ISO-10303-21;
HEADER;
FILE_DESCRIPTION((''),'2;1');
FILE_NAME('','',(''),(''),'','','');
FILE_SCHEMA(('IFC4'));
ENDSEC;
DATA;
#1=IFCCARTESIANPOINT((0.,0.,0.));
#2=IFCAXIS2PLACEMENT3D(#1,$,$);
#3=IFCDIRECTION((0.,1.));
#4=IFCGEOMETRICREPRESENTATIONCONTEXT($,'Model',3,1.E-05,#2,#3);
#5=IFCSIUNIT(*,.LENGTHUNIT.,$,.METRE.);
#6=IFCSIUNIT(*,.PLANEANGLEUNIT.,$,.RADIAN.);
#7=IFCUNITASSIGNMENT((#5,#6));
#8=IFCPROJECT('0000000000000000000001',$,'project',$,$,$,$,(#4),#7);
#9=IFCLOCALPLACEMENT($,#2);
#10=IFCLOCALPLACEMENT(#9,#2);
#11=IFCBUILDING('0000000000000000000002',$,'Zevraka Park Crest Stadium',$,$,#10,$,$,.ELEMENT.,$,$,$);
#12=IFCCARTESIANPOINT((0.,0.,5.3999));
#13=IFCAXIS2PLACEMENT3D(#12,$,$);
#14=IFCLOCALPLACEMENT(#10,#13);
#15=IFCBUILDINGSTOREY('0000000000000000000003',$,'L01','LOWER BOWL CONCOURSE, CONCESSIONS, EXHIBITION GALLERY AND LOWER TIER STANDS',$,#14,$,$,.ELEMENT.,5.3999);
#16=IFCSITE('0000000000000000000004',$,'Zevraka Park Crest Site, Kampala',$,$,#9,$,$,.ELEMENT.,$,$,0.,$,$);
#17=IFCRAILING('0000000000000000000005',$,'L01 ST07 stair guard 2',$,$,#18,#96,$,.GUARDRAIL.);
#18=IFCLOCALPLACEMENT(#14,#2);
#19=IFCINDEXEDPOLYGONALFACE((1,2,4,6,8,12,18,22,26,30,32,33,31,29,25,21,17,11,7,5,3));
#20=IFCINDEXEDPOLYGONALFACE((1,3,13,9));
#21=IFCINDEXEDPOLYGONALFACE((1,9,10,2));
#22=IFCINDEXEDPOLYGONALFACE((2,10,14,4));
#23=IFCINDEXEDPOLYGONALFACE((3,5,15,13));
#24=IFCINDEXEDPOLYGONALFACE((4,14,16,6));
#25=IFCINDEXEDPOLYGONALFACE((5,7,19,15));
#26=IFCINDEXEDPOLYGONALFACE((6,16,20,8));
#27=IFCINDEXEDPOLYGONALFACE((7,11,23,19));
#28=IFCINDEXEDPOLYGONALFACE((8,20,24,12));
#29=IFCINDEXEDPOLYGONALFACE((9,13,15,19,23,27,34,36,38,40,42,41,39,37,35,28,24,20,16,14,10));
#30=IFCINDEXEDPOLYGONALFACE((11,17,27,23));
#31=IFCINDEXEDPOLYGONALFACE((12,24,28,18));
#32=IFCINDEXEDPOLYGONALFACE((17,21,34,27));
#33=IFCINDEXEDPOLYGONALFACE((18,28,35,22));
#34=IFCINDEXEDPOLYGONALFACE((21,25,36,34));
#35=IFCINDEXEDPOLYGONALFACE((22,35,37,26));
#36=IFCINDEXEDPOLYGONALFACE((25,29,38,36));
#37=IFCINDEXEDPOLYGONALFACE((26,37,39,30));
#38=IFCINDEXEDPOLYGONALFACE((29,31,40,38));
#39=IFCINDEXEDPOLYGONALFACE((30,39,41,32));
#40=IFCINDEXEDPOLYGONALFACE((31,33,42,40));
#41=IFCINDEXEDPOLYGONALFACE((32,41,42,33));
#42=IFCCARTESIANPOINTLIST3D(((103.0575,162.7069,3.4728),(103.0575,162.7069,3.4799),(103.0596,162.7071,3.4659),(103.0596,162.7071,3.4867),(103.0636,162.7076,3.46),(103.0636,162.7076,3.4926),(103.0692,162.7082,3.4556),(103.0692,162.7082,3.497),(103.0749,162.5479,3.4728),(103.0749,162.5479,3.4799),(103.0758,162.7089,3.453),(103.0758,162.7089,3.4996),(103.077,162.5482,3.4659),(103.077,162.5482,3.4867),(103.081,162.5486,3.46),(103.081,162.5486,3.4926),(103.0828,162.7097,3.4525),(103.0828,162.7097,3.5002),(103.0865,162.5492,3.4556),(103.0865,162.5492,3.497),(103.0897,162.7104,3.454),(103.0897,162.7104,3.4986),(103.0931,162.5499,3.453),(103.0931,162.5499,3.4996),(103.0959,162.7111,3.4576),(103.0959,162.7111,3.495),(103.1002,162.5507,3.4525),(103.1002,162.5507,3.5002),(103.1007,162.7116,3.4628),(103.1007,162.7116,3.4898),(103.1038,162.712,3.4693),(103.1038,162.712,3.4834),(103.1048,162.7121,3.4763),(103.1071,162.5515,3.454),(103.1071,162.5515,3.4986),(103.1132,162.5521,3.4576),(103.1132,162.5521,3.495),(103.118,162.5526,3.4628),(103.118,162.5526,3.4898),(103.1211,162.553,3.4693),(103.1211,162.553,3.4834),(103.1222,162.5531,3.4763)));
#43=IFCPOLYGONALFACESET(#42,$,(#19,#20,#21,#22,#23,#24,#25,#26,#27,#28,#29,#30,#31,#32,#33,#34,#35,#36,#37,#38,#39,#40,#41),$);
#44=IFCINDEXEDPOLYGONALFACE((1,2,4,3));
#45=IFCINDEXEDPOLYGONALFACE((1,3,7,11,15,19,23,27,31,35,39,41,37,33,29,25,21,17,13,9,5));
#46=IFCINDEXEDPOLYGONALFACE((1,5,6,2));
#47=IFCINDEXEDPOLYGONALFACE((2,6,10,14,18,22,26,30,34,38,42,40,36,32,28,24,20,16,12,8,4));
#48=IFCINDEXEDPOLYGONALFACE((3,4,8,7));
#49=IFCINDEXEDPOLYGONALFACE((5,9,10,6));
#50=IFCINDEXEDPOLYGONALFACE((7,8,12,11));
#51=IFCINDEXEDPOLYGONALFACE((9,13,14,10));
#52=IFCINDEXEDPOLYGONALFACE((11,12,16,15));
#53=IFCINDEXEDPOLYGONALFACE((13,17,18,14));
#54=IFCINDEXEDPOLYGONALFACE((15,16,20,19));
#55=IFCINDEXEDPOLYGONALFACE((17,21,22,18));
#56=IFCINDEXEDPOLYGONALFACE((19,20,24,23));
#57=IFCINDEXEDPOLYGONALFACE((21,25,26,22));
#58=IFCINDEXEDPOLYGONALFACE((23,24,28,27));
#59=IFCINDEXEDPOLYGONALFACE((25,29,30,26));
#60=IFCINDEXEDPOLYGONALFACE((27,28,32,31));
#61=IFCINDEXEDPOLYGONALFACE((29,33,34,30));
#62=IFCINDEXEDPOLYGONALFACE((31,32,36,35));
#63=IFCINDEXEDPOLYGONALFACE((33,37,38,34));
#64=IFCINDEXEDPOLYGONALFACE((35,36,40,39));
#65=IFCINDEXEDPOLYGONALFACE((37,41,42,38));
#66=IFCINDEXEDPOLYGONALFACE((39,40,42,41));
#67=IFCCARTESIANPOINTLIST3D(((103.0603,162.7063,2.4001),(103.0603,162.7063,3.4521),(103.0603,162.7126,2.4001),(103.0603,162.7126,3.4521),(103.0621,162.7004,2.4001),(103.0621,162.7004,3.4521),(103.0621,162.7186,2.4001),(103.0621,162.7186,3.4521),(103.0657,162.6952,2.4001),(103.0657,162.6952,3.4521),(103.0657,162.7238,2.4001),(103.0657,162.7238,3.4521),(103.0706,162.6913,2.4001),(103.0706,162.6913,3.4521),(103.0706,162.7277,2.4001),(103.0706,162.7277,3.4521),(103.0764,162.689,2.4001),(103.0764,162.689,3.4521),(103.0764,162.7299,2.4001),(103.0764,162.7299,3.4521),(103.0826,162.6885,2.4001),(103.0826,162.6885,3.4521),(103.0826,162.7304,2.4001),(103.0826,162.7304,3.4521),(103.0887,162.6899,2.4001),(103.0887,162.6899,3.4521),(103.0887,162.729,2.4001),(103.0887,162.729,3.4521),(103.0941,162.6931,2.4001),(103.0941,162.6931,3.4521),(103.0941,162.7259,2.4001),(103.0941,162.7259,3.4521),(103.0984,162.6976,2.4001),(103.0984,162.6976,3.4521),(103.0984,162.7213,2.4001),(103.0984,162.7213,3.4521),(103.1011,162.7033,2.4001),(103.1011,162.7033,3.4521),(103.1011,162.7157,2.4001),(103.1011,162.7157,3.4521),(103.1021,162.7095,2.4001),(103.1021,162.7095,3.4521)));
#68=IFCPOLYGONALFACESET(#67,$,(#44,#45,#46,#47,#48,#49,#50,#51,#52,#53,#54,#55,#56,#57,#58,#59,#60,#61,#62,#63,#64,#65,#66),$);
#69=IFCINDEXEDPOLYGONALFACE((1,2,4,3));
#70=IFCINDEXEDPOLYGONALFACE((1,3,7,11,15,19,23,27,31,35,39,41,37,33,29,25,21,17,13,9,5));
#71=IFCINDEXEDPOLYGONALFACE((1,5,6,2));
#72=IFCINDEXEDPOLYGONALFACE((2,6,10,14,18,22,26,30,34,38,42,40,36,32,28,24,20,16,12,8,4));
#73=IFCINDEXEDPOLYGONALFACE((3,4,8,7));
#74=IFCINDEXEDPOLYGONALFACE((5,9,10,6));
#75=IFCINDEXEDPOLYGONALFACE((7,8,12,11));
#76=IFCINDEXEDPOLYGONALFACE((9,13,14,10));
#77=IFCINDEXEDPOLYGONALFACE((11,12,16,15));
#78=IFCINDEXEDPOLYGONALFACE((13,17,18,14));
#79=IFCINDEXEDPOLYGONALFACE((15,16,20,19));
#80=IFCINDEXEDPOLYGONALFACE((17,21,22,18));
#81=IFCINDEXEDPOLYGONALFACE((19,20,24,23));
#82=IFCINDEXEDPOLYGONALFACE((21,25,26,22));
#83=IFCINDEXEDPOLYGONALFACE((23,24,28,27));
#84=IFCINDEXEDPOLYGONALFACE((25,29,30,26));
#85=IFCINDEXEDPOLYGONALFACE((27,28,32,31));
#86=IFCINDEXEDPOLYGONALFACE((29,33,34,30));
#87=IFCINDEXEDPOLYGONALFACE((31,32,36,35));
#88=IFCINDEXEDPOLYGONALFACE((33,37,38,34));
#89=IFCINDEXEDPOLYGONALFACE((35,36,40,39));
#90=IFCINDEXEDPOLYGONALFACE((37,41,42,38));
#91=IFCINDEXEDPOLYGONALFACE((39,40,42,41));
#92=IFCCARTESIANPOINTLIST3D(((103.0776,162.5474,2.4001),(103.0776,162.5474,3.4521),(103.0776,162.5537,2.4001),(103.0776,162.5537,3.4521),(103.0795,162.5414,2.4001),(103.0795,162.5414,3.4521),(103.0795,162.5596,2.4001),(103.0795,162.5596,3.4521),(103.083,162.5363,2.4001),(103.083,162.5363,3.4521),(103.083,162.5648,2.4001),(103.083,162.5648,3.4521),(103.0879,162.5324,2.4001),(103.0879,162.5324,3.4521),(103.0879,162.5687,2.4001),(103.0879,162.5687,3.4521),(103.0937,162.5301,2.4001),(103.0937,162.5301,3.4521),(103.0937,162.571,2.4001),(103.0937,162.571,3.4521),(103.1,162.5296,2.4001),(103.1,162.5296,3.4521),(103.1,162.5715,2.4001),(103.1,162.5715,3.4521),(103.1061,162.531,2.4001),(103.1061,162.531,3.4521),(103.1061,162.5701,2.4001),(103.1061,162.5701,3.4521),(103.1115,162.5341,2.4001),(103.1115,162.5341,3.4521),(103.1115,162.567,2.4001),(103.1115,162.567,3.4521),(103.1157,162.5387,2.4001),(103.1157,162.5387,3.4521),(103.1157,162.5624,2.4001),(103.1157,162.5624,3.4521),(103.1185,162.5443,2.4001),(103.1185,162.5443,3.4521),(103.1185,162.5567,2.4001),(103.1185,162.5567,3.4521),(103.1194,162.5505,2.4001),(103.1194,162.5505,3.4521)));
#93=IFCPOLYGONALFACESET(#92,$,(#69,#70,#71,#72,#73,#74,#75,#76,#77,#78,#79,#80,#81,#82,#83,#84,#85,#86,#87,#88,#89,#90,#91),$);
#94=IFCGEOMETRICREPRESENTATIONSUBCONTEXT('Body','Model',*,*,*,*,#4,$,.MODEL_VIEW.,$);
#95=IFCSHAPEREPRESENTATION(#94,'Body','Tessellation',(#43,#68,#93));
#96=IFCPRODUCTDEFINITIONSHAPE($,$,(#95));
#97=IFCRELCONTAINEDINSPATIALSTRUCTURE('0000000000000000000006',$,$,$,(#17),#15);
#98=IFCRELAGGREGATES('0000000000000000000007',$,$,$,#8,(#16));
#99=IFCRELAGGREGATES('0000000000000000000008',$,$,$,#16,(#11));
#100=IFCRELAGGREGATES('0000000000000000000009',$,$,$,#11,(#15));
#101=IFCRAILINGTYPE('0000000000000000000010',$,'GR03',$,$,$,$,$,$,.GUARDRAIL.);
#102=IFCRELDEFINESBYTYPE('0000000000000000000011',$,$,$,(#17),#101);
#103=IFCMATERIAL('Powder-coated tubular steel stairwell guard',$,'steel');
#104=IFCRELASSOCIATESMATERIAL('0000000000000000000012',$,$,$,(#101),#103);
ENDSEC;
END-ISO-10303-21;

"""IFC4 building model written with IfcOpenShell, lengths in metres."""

from ifc_helpers import new_model, si_unit, direction, frame, origin, origin_2d, place, context, subcontext, project, spatial, circle, extrude, material, type_object, element, save


model = new_model("IFC4")

# Units and contexts
model_context = context("Model", 3, precision=1e-05, world=origin(), true_north=direction((0.0, 1.0)))
body_context = subcontext(model_context, "Body", "Model", "MODEL_VIEW")
ifc_project = project(units=[si_unit("LENGTHUNIT", "METRE"), si_unit("PLANEANGLEUNIT", "RADIAN")], contexts=[model_context])

# Site, building, storey
site_placement = place(None, origin())
site = spatial("IfcSite", under=ifc_project, at=site_placement, Name="Zevraka Park Crest Site, Kampala", CompositionType="ELEMENT", RefElevation=0.0)
building_placement = place(site_placement, origin())
building = spatial("IfcBuilding", under=site, at=building_placement, Name="Zevraka Park Crest Stadium", CompositionType="ELEMENT")
storey_placement = place(building_placement, frame((0.0, 0.0, 5.3999)))
storey = spatial("IfcBuildingStorey", under=building, at=storey_placement, Name="L01", Description="LOWER BOWL CONCOURSE, CONCESSIONS, EXHIBITION GALLERY AND LOWER TIER STANDS", CompositionType="ELEMENT", Elevation=5.3999)

# Railing
ifc_material_1 = material(Name="Powder-coated tubular steel stairwell guard", Category="steel")
railing_type_1 = type_object("IfcRailingType", Name="GR03", PredefinedType="GUARDRAIL", material=ifc_material_1)
railing_1_placement = place(storey_placement, frame((103.0811, 162.7095, 2.4001)))
element("IfcRailing", 1, at=railing_1_placement, inside=storey, type_object=railing_type_1, Name="L01 ST07 stair guard 2", PredefinedType="GUARDRAIL", context=body_context, shape_type="SweptSolid", body=[
    extrude(circle(Radius=0.0239, at=origin_2d()), frame((0.0, 0.0, 1.0762), z_axis=(0.10842, -0.994105, 0.0), x_axis=(0.994105, 0.10842, 0.0)), (0.0, 0.0, 1.0), 0.1599),
    extrude(circle(Radius=0.021, at=origin_2d()), origin(), (0.0, 0.0, 1.0), 1.052),
    extrude(circle(Radius=0.021, at=origin_2d()), frame((0.0173, -0.1589, 0.0)), (0.0, 0.0, 1.0), 1.052),
])

save(model, "model.ifc")
